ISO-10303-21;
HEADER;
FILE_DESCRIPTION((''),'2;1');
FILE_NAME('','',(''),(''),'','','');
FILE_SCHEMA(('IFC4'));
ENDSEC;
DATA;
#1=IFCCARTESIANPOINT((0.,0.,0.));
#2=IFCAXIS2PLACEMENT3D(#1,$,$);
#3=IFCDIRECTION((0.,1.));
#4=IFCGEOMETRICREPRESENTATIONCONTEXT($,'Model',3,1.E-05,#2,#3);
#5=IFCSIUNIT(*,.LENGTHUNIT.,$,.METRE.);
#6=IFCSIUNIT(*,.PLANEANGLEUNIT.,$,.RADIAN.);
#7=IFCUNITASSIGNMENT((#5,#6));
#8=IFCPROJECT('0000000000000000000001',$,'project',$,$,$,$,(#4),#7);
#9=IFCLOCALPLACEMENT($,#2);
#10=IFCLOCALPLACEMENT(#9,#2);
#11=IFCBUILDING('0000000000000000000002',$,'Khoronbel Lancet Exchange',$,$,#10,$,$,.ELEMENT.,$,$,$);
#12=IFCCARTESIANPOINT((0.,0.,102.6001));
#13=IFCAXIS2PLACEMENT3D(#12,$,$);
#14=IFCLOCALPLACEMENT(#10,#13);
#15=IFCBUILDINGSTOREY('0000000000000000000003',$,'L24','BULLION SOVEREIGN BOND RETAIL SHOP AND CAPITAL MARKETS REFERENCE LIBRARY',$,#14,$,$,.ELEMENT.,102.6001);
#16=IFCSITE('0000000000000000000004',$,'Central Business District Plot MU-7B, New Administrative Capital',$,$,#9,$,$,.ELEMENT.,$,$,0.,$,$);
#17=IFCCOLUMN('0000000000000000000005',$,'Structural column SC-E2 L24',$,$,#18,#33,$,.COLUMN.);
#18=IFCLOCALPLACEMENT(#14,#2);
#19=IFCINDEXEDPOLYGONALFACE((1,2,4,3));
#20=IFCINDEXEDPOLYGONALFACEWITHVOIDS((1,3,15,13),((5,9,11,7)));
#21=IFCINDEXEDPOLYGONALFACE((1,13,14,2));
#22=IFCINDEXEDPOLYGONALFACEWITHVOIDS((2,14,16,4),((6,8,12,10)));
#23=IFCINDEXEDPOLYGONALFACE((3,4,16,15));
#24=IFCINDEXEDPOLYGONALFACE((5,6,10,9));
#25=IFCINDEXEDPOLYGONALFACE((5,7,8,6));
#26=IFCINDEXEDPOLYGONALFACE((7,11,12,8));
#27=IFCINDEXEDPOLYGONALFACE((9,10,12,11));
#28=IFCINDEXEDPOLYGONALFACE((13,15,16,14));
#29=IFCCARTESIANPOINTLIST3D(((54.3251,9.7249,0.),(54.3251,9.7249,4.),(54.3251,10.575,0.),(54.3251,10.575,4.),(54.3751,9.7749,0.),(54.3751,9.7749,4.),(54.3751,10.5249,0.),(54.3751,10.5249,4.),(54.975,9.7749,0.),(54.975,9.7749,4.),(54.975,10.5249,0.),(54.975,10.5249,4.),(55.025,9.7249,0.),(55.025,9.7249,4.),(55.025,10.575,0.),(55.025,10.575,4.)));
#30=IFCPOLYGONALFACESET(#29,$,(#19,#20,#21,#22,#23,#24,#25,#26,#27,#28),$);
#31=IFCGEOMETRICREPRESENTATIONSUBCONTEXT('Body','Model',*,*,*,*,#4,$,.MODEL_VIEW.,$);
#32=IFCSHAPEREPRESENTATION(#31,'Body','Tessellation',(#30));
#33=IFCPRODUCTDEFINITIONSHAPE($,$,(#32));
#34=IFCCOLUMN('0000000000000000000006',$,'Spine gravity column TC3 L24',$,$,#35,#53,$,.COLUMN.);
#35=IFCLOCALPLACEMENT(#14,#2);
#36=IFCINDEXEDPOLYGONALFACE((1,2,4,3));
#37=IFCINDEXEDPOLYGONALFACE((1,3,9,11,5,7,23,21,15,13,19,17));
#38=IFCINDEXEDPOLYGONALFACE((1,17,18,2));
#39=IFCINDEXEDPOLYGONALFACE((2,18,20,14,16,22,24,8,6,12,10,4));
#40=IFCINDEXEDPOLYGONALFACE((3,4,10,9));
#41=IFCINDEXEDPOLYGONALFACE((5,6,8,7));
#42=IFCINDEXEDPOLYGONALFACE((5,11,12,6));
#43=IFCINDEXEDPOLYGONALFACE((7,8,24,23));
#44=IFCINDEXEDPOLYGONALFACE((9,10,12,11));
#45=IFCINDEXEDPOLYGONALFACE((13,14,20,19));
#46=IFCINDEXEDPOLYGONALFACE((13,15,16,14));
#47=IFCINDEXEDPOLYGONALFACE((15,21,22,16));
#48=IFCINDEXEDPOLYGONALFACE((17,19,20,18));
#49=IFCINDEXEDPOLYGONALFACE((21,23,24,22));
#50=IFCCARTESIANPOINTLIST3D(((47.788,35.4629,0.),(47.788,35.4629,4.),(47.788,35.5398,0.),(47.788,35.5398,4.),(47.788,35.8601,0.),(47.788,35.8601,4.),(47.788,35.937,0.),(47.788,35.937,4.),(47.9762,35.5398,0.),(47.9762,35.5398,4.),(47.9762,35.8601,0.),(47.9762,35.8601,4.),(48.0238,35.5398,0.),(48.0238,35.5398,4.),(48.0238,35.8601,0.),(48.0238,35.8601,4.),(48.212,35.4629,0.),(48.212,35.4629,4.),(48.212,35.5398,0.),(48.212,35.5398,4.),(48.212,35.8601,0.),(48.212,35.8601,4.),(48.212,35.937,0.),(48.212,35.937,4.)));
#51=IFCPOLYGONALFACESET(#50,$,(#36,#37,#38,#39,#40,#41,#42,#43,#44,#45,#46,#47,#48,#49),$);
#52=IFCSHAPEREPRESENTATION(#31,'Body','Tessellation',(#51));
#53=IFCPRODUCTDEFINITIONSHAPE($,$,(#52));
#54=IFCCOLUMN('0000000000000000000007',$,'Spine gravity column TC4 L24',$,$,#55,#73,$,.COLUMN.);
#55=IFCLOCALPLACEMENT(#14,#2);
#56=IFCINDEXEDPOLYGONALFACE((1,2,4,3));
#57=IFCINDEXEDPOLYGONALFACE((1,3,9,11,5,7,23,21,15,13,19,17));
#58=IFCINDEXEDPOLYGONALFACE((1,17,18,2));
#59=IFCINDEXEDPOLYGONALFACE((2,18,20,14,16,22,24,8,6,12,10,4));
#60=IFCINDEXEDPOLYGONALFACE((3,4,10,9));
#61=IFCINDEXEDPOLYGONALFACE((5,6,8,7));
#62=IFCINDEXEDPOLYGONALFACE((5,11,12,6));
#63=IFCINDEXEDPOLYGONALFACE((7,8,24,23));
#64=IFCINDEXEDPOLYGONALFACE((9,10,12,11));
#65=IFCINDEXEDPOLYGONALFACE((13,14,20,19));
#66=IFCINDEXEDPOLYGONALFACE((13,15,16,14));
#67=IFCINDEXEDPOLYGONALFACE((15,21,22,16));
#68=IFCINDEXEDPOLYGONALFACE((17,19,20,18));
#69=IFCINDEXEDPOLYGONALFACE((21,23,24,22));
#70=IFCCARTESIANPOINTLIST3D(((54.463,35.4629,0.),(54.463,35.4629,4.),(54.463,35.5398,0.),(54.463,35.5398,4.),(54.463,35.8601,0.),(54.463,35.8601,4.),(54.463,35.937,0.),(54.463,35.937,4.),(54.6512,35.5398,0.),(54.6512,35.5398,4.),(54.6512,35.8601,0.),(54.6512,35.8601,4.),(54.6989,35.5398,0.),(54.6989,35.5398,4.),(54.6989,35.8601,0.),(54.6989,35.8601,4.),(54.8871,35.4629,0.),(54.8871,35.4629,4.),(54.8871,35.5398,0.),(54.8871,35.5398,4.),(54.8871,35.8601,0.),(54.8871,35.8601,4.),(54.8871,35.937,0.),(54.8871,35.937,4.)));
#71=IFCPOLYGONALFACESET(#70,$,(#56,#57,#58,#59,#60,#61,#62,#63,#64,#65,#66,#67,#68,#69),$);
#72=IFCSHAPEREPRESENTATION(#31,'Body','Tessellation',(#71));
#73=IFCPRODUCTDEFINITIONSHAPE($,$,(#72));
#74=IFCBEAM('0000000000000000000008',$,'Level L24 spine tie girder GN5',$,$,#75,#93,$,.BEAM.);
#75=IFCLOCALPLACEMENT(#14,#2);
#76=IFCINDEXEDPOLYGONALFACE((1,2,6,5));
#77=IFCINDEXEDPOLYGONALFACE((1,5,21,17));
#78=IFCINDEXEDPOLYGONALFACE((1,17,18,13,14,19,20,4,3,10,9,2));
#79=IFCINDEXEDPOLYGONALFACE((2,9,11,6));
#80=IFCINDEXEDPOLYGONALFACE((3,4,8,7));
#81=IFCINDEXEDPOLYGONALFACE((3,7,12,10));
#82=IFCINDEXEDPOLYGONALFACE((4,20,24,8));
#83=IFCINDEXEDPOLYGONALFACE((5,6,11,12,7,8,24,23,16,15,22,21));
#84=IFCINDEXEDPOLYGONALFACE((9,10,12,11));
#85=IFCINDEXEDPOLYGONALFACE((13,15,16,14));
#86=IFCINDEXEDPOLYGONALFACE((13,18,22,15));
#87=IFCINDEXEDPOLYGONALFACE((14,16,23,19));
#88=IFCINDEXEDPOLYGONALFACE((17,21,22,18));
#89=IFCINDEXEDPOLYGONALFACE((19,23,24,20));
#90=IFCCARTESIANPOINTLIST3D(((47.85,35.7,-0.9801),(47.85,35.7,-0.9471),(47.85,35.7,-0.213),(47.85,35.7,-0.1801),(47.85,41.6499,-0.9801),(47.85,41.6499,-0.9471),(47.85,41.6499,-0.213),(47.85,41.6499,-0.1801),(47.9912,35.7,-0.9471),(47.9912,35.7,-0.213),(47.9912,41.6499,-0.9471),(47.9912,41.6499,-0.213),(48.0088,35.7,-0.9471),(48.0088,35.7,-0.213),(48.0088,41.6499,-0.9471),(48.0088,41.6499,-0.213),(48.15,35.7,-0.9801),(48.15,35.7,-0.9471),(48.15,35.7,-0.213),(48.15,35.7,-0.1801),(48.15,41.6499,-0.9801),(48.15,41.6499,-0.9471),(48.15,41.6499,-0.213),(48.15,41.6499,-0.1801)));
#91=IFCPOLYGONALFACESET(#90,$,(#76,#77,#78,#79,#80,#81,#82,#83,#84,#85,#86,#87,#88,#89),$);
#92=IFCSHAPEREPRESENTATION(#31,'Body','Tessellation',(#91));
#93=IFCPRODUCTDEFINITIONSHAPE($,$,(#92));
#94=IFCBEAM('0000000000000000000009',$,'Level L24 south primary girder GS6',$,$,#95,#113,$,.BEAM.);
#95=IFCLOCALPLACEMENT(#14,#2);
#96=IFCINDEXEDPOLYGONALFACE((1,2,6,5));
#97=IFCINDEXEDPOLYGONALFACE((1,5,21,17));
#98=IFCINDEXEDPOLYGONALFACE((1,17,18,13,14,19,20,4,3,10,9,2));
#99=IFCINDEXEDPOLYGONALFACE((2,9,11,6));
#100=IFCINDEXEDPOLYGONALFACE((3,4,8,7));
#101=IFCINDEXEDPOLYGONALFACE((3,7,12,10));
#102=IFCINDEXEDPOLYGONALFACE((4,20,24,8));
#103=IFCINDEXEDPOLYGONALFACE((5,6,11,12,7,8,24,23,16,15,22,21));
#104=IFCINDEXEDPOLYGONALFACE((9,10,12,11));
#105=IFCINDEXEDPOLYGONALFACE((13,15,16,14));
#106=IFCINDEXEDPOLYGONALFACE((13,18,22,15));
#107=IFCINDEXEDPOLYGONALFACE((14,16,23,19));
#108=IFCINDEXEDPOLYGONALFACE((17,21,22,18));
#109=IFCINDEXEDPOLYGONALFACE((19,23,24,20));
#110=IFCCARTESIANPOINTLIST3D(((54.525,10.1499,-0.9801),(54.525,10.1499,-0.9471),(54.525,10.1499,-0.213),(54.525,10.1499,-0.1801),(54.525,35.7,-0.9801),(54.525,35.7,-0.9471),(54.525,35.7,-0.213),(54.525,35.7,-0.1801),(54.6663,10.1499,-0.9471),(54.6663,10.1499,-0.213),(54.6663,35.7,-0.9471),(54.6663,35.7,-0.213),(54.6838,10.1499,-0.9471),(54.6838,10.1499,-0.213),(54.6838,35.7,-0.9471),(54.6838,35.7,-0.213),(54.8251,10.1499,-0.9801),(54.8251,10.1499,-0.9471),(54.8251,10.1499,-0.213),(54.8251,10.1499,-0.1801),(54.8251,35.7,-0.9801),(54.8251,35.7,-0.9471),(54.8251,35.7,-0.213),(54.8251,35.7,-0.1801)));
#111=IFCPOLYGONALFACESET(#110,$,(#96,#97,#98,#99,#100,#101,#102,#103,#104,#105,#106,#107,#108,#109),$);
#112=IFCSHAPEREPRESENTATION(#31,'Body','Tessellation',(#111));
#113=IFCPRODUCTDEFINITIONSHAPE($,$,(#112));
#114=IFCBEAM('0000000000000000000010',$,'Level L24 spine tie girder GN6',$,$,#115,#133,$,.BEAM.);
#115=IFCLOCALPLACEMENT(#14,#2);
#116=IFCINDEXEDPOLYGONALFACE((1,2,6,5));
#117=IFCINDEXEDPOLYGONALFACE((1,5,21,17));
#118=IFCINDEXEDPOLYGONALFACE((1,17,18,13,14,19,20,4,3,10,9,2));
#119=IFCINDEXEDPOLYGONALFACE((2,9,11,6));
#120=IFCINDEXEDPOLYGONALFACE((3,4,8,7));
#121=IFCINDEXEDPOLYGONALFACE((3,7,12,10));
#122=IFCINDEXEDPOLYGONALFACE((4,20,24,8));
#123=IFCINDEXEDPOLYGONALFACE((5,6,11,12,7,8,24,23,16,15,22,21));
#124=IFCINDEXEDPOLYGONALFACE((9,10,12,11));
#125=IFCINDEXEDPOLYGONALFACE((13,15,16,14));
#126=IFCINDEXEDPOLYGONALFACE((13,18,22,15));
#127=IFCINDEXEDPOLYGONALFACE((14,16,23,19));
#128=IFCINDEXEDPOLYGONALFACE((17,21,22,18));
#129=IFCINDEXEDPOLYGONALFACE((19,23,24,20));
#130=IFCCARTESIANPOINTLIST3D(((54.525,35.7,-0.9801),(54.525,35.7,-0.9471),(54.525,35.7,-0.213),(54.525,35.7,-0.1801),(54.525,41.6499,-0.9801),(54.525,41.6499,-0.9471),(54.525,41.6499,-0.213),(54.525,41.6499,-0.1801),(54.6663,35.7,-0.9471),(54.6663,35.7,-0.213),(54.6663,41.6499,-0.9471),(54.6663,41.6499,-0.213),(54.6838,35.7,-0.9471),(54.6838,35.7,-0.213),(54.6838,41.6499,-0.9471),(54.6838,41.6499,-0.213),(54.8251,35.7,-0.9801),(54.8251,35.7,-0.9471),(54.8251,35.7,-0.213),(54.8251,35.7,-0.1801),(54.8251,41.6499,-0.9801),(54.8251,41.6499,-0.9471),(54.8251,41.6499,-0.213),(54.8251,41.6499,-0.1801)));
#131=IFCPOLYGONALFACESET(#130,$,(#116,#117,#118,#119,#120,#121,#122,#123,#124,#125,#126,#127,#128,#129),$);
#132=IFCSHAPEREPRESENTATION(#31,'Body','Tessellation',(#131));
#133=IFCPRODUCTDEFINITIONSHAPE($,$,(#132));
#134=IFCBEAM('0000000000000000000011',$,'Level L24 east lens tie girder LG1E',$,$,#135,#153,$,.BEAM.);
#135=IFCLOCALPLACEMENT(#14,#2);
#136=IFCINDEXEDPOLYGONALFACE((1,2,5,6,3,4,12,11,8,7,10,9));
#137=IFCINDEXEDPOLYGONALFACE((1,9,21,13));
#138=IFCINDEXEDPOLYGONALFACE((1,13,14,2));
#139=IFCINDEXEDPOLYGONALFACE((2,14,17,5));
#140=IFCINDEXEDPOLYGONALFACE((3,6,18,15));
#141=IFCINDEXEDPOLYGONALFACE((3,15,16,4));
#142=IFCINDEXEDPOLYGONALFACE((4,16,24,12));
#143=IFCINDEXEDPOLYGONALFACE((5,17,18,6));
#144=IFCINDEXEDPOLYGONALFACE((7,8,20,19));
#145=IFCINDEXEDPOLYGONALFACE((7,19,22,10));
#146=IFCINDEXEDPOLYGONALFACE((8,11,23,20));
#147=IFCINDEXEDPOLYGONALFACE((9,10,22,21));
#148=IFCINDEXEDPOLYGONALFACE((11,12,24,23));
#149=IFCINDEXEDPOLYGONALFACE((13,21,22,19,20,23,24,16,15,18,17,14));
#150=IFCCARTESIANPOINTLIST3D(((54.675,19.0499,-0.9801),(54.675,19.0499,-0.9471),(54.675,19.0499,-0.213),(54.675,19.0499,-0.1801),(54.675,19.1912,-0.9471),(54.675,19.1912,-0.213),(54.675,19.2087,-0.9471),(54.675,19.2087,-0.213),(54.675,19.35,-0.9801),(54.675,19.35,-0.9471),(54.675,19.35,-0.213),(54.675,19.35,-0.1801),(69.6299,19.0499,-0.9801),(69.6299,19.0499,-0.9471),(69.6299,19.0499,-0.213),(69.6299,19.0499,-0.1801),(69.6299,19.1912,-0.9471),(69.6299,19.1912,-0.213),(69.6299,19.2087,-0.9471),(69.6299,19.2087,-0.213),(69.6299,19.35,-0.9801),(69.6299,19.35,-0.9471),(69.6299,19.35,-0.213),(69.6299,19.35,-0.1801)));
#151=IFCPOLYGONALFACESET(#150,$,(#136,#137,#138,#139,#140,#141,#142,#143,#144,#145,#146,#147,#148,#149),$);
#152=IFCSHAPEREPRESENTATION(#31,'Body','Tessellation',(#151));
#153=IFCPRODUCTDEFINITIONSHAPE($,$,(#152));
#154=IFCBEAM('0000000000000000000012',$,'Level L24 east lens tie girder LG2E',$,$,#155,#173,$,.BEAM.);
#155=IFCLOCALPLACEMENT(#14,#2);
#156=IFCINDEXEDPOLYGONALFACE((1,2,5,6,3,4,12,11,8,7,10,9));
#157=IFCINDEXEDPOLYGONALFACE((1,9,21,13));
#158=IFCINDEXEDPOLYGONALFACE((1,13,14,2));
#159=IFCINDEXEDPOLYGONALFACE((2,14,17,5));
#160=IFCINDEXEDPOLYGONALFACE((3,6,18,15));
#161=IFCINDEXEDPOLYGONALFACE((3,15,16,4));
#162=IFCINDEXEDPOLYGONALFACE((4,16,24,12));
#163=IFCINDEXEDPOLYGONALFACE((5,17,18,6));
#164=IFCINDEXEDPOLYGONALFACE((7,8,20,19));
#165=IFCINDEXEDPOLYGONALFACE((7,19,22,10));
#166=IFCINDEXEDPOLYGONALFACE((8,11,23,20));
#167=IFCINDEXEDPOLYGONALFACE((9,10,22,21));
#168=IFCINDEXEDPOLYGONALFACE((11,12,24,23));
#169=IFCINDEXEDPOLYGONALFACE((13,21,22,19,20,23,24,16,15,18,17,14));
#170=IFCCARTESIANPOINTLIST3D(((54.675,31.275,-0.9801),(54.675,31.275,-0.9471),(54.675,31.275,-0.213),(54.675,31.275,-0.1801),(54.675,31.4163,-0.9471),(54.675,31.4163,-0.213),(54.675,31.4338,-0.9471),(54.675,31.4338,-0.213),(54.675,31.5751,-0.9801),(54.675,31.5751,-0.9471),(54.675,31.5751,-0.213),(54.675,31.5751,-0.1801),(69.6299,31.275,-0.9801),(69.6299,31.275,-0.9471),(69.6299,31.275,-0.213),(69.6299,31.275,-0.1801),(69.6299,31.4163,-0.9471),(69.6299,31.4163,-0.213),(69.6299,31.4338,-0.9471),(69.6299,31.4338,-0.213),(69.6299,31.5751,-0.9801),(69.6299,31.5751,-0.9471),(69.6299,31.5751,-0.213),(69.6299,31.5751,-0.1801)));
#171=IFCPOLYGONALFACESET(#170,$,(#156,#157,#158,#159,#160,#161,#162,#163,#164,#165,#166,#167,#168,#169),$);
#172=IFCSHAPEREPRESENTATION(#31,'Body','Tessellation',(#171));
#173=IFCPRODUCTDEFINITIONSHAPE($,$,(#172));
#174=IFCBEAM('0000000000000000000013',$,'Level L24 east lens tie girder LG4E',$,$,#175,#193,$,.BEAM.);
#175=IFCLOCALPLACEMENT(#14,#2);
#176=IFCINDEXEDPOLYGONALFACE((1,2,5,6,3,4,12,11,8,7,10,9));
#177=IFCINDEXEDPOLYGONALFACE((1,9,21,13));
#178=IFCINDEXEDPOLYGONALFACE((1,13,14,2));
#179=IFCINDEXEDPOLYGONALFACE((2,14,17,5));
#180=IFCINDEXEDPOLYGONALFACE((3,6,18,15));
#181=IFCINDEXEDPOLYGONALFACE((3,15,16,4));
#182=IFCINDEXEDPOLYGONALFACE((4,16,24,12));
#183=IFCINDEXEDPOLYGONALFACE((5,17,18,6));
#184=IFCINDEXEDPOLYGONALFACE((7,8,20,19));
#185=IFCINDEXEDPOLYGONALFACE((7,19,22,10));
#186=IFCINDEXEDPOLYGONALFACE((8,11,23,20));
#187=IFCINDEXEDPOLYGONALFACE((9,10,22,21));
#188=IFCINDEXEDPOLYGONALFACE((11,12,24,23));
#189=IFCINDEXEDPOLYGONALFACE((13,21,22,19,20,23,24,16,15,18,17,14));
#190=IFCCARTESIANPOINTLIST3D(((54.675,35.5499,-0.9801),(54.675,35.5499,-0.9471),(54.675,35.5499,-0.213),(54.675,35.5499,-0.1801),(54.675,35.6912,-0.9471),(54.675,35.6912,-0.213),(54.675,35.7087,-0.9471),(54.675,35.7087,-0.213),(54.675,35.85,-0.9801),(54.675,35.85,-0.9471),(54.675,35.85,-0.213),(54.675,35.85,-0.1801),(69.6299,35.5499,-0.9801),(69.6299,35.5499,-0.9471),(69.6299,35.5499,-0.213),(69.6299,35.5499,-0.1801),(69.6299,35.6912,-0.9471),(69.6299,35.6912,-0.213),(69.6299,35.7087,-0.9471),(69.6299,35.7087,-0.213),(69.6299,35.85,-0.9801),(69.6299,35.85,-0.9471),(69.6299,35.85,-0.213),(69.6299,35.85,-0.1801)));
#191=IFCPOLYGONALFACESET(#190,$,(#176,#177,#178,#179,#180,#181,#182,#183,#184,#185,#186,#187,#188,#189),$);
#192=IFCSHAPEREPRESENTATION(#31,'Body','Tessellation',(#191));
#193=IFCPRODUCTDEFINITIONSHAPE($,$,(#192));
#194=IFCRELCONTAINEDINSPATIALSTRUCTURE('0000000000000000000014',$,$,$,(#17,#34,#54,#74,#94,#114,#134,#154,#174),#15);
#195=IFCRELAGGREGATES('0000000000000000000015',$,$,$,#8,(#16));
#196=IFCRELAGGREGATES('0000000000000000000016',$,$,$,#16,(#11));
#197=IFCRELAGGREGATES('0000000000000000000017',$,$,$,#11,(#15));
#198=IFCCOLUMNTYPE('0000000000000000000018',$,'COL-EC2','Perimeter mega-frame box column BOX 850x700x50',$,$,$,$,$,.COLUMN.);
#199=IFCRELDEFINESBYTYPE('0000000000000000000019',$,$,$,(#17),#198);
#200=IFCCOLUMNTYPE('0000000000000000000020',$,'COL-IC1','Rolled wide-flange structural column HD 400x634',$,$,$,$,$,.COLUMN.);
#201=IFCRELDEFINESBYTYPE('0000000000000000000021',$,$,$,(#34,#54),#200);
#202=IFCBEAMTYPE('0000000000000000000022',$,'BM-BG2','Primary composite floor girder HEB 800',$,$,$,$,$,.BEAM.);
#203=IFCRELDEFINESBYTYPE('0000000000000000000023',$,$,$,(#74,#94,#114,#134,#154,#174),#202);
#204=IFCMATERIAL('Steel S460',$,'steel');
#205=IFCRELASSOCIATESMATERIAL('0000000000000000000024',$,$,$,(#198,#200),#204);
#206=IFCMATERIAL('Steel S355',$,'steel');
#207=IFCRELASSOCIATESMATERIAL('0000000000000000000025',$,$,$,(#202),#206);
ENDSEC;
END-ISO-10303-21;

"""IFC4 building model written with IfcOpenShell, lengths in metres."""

from ifc_helpers import new_model, si_unit, direction, frame, origin, origin_2d, place, context, subcontext, project, spatial, hollow_rectangle, i_section, extrude, material, material_profile, profile_set, type_object, element, save


model = new_model("IFC4")

# Units and contexts
model_context = context("Model", 3, precision=1e-05, world=origin(), true_north=direction((0.0, 1.0)))
body_context = subcontext(model_context, "Body", "Model", "MODEL_VIEW")
ifc_project = project(units=[si_unit("LENGTHUNIT", "METRE"), si_unit("PLANEANGLEUNIT", "RADIAN")], contexts=[model_context])

# Site, building, storey
site_placement = place(None, origin())
site = spatial("IfcSite", under=ifc_project, at=site_placement, Name="Central Business District Plot MU-7B, New Administrative Capital", CompositionType="ELEMENT", RefElevation=0.0)
building_placement = place(site_placement, origin())
building = spatial("IfcBuilding", under=site, at=building_placement, Name="Khoronbel Lancet Exchange", CompositionType="ELEMENT")
storey_placement = place(building_placement, frame((0.0, 0.0, 102.6001)))
storey = spatial("IfcBuildingStorey", under=building, at=storey_placement, Name="L24", Description="BULLION SOVEREIGN BOND RETAIL SHOP AND CAPITAL MARKETS REFERENCE LIBRARY", CompositionType="ELEMENT", Elevation=102.6001)

# Columns
ifc_material_1 = material(Name="Steel S460", Category="steel")
ifc_material_profile_1 = material_profile(ifc_material_1, hollow_rectangle(XDim=0.7, YDim=0.8501, WallThickness=0.05, at=origin_2d()), Name="BOX 850x700x50")
ifc_profile_set_1 = profile_set([ifc_material_profile_1], Name="Steel S460")
column_type_1 = type_object("IfcColumnType", Name="COL-EC2", Description="Perimeter mega-frame box column BOX 850x700x50", PredefinedType="COLUMN", material=ifc_profile_set_1)
column_placement = place(storey_placement, frame((54.675, 10.1499, 0.0), z_axis=(0.0, 0.0, 1.0), x_axis=(1.0, 0.0, 0.0)))
element("IfcColumn", 1, at=column_placement, inside=storey, type_object=column_type_1, Name="Structural column SC-E2 L24", PredefinedType="COLUMN", context=body_context, shape_type="SweptSolid", body=[
    extrude(hollow_rectangle(XDim=0.7, YDim=0.8501, WallThickness=0.05, at=origin_2d()), origin(), (0.0, 0.0, 1.0), 4.0),
])
ifc_material_profile_2 = material_profile(ifc_material_1, i_section(OverallWidth=0.4241, OverallDepth=0.4741, WebThickness=0.0476, FlangeThickness=0.0769, at=origin_2d()), Name="HD 400x634")
ifc_profile_set_2 = profile_set([ifc_material_profile_2], Name="Steel S460")
column_type_2 = type_object("IfcColumnType", Name="COL-IC1", Description="Rolled wide-flange structural column HD 400x634", PredefinedType="COLUMN", material=ifc_profile_set_2)
for number, where, z_axis, x_axis, name in (
    (2, (48.0, 35.7, 0.0), (0.0, 0.0, 1.0), (1.0, 0.0, 0.0), "Spine gravity column TC3 L24"),
    (3, (54.675, 35.7, 0.0), (0.0, 0.0, 1.0), (1.0, 0.0, 0.0), "Spine gravity column TC4 L24"),
):
    element("IfcColumn", number, at=place(storey_placement, frame(where, z_axis=z_axis, x_axis=x_axis)), inside=storey, type_object=column_type_2, Name=name, PredefinedType="COLUMN", context=body_context, shape_type="SweptSolid", body=[
        extrude(i_section(OverallWidth=0.4241, OverallDepth=0.4741, WebThickness=0.0476, FlangeThickness=0.0769, at=origin_2d()), origin(), (0.0, 0.0, 1.0), 4.0),
    ])

# Beams
ifc_material_2 = material(Name="Steel S355", Category="steel")
ifc_material_profile_3 = material_profile(ifc_material_2, i_section(OverallWidth=0.3, OverallDepth=0.8, WebThickness=0.0176, FlangeThickness=0.033, at=origin_2d()), Name="HEB 800")
ifc_profile_set_3 = profile_set([ifc_material_profile_3], Name="Steel S355")
beam_type_1 = type_object("IfcBeamType", Name="BM-BG2", Description="Primary composite floor girder HEB 800", PredefinedType="BEAM", material=ifc_profile_set_3)
beam_1_placement = place(storey_placement, frame((48.0, 35.7, -0.5801), z_axis=(0.0, 1.0, 0.0), x_axis=(-1.0, 0.0, 0.0)))
element("IfcBeam", 4, at=beam_1_placement, inside=storey, type_object=beam_type_1, Name="Level L24 spine tie girder GN5", PredefinedType="BEAM", context=body_context, shape_type="SweptSolid", body=[
    extrude(i_section(OverallWidth=0.3, OverallDepth=0.8, WebThickness=0.0176, FlangeThickness=0.033, at=origin_2d()), origin(), (0.0, 0.0, 1.0), 5.95),
])
beam_2_placement = place(storey_placement, frame((54.675, 10.1499, -0.5801), z_axis=(0.0, 1.0, 0.0), x_axis=(-1.0, 0.0, 0.0)))
element("IfcBeam", 5, at=beam_2_placement, inside=storey, type_object=beam_type_1, Name="Level L24 south primary girder GS6", PredefinedType="BEAM", context=body_context, shape_type="SweptSolid", body=[
    extrude(i_section(OverallWidth=0.3, OverallDepth=0.8, WebThickness=0.0176, FlangeThickness=0.033, at=origin_2d()), origin(), (0.0, 0.0, 1.0), 25.55),
])
beam_3_placement = place(storey_placement, frame((54.675, 35.7, -0.5801), z_axis=(0.0, 1.0, 0.0), x_axis=(-1.0, 0.0, 0.0)))
element("IfcBeam", 6, at=beam_3_placement, inside=storey, type_object=beam_type_1, Name="Level L24 spine tie girder GN6", PredefinedType="BEAM", context=body_context, shape_type="SweptSolid", body=[
    extrude(i_section(OverallWidth=0.3, OverallDepth=0.8, WebThickness=0.0176, FlangeThickness=0.033, at=origin_2d()), origin(), (0.0, 0.0, 1.0), 5.95),
])
for number, where, z_axis, x_axis, name in (
    (7, (54.675, 19.2, -0.5801), (1.0, 0.0, 0.0), (0.0, 1.0, 0.0), "Level L24 east lens tie girder LG1E"),
    (8, (54.675, 31.425, -0.5801), (1.0, 0.0, 0.0), (0.0, 1.0, 0.0), "Level L24 east lens tie girder LG2E"),
    (9, (54.675, 35.7, -0.5801), (1.0, 0.0, 0.0), (0.0, 1.0, 0.0), "Level L24 east lens tie girder LG4E"),
):
    element("IfcBeam", number, at=place(storey_placement, frame(where, z_axis=z_axis, x_axis=x_axis)), inside=storey, type_object=beam_type_1, Name=name, PredefinedType="BEAM", context=body_context, shape_type="SweptSolid", body=[
        extrude(i_section(OverallWidth=0.3, OverallDepth=0.8, WebThickness=0.0176, FlangeThickness=0.033, at=origin_2d()), origin(), (0.0, 0.0, 1.0), 14.9548),
    ])

save(model, "model.ifc")
